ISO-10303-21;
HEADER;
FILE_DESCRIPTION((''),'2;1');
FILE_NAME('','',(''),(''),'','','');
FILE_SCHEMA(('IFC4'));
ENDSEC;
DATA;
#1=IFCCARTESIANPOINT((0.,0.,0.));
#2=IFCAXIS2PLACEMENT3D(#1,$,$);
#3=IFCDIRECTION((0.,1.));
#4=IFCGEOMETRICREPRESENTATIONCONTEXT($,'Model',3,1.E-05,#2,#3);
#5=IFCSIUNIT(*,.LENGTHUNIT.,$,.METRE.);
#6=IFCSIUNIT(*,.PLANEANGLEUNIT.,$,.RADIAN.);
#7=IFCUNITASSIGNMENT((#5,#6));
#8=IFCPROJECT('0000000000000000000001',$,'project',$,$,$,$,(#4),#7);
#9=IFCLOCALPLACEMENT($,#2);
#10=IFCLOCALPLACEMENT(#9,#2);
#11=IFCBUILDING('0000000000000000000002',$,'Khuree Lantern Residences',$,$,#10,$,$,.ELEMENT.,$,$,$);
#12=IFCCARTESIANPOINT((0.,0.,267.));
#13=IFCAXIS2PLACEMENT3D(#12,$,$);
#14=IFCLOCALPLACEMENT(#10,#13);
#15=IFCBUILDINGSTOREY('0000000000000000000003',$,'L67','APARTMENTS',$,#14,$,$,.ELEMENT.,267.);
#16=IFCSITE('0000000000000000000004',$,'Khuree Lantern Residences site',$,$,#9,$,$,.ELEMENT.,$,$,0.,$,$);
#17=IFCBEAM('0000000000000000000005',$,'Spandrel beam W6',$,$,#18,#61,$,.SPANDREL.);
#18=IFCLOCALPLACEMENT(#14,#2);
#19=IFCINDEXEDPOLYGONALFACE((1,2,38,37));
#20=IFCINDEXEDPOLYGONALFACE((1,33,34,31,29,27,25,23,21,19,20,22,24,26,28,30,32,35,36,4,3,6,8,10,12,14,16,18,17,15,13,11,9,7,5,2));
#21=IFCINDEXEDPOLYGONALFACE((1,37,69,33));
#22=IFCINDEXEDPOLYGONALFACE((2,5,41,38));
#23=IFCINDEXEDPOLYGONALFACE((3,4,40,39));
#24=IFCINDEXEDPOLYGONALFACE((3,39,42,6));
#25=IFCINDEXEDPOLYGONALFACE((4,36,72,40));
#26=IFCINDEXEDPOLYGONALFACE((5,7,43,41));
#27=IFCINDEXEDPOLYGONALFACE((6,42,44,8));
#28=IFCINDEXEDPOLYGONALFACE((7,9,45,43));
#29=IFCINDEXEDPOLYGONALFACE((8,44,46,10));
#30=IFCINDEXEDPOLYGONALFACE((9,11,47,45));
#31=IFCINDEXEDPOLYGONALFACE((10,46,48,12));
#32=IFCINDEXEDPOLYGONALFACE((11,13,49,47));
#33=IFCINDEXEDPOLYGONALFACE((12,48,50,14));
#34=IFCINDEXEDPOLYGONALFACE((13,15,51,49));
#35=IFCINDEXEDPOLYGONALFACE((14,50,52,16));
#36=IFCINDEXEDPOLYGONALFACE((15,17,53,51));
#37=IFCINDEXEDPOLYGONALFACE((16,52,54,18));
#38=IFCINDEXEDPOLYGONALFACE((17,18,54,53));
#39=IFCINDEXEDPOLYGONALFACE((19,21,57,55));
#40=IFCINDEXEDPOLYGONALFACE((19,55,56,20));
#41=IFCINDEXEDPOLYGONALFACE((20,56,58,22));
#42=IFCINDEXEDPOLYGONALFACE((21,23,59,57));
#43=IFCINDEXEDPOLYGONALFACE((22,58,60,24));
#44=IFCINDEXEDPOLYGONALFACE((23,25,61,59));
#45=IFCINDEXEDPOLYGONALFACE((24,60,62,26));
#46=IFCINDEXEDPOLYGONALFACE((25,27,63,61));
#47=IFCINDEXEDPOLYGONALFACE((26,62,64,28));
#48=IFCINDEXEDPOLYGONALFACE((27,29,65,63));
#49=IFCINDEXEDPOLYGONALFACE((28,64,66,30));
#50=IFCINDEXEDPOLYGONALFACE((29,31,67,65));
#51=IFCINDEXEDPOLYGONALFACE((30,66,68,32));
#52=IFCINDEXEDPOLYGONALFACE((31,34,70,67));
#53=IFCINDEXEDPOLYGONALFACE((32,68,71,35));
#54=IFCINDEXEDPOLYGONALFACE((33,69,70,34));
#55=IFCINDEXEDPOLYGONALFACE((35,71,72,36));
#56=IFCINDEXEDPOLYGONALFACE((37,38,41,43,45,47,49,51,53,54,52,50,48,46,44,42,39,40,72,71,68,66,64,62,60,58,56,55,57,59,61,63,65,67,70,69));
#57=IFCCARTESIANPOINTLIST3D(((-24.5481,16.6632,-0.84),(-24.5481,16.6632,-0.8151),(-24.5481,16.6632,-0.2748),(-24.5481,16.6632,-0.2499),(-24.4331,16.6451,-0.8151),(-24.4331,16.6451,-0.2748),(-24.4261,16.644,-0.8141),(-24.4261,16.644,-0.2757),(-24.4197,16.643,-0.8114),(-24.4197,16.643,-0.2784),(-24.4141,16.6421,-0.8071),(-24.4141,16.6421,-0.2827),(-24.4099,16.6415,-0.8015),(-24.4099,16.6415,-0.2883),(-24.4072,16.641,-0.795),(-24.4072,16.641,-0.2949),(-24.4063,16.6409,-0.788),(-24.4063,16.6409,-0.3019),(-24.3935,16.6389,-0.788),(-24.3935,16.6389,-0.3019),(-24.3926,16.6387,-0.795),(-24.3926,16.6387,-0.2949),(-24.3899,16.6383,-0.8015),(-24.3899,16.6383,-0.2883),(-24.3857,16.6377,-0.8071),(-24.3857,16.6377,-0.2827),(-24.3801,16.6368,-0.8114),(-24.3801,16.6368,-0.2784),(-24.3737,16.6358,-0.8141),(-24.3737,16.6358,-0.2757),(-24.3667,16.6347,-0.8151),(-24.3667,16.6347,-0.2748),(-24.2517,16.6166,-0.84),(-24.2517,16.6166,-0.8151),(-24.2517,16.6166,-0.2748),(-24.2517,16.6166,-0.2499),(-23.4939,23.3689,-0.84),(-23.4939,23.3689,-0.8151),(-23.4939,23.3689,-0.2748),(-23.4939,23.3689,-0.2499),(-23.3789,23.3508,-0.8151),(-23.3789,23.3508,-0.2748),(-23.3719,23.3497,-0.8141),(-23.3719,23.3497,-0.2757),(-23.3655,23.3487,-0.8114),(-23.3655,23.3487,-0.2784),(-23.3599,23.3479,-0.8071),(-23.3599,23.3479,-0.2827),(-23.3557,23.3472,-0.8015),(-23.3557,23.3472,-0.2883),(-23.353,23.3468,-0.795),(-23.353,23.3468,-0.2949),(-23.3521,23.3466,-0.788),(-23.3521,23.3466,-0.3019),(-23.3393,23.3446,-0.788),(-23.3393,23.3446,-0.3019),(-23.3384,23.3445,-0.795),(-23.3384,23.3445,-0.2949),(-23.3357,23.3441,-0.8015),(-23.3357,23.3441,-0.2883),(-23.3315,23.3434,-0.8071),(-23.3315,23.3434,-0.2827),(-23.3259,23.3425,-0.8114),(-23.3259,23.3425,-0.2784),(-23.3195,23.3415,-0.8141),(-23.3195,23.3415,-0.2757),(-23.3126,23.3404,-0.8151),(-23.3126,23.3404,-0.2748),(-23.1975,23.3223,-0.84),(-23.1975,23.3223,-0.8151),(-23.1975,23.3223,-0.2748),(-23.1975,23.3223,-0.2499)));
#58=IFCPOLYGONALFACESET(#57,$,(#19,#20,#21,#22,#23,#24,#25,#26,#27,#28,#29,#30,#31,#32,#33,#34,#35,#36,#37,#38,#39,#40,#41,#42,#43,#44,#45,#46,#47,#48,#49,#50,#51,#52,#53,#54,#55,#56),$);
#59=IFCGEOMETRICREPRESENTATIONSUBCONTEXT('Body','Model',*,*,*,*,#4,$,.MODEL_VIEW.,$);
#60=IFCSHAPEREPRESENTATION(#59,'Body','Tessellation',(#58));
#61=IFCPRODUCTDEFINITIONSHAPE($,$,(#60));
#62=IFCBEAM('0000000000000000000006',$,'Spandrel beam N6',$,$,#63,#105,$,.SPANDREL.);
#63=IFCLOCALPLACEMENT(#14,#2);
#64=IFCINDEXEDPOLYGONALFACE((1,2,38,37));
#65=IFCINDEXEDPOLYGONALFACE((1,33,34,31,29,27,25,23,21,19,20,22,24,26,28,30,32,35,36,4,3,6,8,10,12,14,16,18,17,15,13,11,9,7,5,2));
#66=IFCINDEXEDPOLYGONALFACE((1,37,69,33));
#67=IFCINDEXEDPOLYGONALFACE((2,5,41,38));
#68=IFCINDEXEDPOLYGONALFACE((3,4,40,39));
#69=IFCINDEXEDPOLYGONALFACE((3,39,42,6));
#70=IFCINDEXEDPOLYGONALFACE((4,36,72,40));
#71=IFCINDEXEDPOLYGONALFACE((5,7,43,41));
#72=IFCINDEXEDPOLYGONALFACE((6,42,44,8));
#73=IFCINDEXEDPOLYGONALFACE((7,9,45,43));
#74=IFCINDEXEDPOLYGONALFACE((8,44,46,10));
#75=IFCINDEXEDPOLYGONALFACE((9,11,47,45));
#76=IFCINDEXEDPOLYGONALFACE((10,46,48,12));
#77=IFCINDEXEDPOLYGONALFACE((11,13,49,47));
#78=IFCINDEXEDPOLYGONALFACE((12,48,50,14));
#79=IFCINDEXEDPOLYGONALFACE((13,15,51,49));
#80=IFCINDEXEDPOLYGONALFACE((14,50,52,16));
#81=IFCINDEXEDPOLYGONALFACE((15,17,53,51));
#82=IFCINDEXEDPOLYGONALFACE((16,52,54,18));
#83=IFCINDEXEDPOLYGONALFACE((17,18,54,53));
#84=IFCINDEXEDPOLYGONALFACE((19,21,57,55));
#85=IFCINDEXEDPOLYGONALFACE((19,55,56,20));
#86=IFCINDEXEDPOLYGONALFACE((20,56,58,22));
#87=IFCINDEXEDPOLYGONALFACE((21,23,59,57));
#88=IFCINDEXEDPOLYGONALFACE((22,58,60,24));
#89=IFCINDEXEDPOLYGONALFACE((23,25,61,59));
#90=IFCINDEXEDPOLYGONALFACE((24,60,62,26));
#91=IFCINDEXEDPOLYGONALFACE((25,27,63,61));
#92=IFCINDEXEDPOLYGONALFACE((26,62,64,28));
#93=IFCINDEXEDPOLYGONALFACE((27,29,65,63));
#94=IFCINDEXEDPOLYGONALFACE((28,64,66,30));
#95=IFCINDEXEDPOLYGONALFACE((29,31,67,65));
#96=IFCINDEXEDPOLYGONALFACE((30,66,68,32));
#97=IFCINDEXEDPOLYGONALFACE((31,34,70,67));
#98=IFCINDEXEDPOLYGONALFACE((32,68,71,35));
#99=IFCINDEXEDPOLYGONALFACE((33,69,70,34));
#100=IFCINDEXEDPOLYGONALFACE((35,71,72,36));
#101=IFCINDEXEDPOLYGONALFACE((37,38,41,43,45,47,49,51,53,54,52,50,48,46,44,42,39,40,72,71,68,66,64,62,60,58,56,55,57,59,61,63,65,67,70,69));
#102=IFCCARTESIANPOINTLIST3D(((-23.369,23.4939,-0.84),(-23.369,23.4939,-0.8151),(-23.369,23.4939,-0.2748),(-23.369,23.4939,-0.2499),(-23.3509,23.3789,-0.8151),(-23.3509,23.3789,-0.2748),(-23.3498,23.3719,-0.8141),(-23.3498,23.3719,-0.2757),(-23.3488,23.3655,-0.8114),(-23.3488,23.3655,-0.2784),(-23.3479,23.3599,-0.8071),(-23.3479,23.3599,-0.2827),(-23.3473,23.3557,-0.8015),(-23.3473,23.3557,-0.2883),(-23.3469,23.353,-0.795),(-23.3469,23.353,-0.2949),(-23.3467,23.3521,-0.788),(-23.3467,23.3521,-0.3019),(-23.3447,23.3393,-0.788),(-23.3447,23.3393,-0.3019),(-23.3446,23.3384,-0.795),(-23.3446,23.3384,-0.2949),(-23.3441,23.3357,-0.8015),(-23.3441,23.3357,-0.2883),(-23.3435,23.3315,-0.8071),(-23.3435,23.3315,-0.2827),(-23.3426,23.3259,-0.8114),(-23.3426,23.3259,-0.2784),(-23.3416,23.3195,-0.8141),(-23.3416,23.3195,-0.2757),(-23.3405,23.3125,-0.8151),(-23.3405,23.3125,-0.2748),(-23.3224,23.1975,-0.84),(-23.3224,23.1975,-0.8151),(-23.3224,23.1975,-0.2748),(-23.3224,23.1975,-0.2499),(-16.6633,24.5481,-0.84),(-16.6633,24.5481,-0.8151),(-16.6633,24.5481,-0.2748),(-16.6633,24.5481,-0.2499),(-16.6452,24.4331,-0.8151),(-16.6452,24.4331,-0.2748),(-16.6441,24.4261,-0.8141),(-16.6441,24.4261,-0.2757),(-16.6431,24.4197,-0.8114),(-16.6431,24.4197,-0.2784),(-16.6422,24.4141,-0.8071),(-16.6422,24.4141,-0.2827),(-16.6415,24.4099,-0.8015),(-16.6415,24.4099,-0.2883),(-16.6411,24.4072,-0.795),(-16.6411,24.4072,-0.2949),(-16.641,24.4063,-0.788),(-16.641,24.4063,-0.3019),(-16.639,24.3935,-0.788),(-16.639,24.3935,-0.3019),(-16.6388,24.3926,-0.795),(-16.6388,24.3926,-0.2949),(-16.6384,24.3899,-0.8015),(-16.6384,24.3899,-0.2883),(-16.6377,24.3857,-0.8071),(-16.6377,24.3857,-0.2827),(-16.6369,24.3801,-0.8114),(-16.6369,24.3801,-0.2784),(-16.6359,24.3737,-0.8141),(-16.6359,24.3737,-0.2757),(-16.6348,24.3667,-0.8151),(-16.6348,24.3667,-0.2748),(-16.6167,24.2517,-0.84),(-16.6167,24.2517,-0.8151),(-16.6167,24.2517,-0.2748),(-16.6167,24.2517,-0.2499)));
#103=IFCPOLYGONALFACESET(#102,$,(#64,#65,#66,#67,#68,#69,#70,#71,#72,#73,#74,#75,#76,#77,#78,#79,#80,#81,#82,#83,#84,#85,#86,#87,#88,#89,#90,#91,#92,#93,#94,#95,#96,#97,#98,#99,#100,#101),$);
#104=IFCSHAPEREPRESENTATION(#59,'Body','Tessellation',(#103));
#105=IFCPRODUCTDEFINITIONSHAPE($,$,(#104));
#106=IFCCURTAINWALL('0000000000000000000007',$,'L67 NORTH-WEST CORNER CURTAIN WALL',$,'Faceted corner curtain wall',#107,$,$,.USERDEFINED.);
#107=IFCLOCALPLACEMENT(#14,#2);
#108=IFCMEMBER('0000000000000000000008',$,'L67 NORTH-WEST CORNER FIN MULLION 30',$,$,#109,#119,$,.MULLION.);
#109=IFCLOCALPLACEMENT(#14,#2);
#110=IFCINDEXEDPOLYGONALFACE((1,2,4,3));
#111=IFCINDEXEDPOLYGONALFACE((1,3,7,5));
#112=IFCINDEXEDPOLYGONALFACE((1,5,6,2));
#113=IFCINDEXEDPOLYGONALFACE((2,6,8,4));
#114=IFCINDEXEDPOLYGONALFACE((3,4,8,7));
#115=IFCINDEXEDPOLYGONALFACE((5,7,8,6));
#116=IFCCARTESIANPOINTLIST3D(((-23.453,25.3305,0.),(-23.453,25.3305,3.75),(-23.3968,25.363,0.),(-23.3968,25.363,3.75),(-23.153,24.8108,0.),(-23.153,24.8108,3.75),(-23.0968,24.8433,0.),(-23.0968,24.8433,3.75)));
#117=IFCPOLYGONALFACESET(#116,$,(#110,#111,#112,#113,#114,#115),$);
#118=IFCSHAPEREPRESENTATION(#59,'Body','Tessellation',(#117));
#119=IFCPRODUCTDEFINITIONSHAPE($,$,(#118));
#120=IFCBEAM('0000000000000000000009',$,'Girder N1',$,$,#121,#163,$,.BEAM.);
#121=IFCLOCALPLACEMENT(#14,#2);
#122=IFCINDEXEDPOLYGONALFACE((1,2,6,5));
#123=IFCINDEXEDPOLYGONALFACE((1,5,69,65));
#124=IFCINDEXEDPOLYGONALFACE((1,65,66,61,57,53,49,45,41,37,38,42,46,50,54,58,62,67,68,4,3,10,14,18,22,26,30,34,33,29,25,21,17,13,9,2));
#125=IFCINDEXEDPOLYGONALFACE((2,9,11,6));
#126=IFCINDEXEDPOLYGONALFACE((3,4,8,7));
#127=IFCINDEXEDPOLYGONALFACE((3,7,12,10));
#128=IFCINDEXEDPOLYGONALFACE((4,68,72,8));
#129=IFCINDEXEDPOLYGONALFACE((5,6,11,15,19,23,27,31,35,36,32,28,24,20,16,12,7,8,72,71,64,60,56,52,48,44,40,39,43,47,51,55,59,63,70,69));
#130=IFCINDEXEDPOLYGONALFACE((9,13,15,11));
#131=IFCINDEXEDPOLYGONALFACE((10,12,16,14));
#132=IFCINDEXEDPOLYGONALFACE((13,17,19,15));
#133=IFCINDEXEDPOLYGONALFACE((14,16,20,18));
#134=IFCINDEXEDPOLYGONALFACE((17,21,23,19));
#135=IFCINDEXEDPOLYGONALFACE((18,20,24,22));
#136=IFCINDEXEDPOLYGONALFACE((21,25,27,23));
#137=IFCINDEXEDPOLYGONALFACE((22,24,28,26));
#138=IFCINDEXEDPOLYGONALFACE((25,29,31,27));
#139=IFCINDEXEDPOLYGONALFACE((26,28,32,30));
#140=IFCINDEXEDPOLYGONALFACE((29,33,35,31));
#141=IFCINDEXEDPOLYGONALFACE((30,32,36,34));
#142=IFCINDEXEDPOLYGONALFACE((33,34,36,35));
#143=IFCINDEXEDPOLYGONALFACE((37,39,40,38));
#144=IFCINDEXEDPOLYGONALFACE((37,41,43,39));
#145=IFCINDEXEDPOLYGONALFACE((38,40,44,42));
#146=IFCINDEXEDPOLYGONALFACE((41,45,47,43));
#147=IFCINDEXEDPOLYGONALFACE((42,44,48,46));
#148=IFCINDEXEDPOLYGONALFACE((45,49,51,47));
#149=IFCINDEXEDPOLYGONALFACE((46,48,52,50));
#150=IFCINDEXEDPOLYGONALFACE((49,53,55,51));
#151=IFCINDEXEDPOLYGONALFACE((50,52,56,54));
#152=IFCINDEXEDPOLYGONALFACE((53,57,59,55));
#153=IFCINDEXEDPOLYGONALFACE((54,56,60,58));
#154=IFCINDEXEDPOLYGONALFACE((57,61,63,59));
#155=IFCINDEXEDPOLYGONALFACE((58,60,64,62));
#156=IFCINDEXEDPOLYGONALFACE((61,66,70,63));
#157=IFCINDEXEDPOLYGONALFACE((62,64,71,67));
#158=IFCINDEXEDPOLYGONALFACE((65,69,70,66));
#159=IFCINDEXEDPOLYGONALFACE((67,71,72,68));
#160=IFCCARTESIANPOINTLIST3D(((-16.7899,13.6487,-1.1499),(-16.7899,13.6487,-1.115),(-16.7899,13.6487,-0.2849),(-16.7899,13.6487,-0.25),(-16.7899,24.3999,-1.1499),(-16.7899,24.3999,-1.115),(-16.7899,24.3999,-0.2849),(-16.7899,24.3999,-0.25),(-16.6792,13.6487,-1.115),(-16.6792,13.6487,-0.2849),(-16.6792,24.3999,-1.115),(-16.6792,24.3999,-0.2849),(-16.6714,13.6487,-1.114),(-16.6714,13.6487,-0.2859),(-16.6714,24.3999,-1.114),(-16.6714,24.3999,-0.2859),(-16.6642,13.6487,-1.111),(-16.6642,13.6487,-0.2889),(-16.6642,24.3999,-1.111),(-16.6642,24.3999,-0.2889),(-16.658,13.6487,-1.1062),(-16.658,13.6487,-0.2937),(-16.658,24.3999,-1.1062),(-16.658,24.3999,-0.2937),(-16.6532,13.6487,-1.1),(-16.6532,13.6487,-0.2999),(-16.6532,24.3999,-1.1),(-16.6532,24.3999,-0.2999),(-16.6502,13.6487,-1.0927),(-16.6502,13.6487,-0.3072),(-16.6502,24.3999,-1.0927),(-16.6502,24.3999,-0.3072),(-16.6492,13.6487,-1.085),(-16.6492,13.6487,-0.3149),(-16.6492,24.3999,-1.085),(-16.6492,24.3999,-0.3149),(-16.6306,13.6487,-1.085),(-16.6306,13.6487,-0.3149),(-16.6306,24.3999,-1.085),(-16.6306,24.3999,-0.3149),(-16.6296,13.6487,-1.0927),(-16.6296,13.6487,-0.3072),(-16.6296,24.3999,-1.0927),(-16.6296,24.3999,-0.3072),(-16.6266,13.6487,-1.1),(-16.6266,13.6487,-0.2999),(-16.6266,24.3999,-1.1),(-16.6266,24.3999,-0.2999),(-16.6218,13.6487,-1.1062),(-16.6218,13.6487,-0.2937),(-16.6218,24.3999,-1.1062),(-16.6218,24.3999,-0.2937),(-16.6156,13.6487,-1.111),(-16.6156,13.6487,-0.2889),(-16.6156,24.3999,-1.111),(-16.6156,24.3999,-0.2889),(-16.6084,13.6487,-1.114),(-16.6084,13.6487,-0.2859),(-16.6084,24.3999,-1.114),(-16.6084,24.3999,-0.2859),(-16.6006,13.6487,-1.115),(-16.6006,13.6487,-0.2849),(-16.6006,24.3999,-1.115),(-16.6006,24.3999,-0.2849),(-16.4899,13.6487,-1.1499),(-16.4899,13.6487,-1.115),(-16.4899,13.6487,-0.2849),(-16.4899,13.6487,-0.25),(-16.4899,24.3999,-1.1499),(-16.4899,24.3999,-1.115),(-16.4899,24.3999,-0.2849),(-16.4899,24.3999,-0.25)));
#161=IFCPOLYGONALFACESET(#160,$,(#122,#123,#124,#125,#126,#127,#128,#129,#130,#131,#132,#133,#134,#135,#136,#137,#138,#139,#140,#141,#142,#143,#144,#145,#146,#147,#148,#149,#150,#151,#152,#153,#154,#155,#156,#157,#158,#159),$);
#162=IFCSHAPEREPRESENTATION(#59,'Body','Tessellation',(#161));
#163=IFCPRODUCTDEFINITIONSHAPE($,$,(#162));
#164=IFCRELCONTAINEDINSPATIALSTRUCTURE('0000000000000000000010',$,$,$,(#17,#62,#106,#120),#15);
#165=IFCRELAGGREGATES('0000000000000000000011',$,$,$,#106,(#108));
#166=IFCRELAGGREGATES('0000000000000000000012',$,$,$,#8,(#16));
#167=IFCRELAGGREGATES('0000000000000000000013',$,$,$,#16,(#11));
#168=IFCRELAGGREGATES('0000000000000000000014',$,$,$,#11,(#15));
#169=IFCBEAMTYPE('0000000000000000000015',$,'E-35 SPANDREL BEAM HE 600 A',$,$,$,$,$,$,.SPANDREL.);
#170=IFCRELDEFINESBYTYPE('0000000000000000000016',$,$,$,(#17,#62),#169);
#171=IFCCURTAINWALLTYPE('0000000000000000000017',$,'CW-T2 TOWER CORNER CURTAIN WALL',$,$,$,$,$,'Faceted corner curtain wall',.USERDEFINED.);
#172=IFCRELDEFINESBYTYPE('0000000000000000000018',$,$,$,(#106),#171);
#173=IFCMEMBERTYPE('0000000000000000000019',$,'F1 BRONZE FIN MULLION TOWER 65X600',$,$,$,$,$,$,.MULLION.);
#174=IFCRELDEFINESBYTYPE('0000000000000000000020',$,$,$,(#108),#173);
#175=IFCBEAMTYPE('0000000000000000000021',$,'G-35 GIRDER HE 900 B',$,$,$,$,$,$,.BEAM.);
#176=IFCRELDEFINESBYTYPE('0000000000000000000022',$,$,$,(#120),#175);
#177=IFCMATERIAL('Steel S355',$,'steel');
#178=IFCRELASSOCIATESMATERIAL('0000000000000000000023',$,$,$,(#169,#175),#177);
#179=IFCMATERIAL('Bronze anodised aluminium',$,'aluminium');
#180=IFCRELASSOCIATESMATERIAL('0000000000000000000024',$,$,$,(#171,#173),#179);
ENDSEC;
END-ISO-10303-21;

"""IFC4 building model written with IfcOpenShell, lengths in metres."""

from ifc_helpers import new_model, si_unit, direction, frame, origin, origin_2d, place, context, subcontext, project, spatial, rectangle, i_section, extrude, material, material_profile, profile_set, type_object, element, aggregate, save


model = new_model("IFC4")

# Units and contexts
model_context = context("Model", 3, precision=1e-05, world=origin(), true_north=direction((0.0, 1.0)))
body_context = subcontext(model_context, "Body", "Model", "MODEL_VIEW")
ifc_project = project(units=[si_unit("LENGTHUNIT", "METRE"), si_unit("PLANEANGLEUNIT", "RADIAN")], contexts=[model_context])

# Site, building, storey
site_placement = place(None, origin())
site = spatial("IfcSite", under=ifc_project, at=site_placement, Name="Khuree Lantern Residences site", CompositionType="ELEMENT", RefElevation=0.0)
building_placement = place(site_placement, origin())
building = spatial("IfcBuilding", under=site, at=building_placement, Name="Khuree Lantern Residences", CompositionType="ELEMENT")
storey_placement = place(building_placement, frame((0.0, 0.0, 267.0)))
storey = spatial("IfcBuildingStorey", under=building, at=storey_placement, Name="L67", Description="APARTMENTS", CompositionType="ELEMENT", Elevation=267.0)

# Beams
ifc_material_1 = material(Name="Steel S355", Category="steel")
ifc_material_profile_1 = material_profile(ifc_material_1, i_section(OverallWidth=0.3, OverallDepth=0.5901, WebThickness=0.0129, FlangeThickness=0.0249, FilletRadius=0.0271, at=origin_2d()), Name="HE 600 A")
ifc_profile_set_1 = profile_set([ifc_material_profile_1], Name="Steel S355")
beam_type_1 = type_object("IfcBeamType", Name="E-35 SPANDREL BEAM HE 600 A", PredefinedType="SPANDREL", material=ifc_profile_set_1)
for number, where, z_axis, x_axis, name in (
    (1, (-24.3999, 16.6399, -0.5449), (0.1553, 0.987867, 0.0), (-0.987867, 0.1553, 0.0), "Spandrel beam W6"),
    (2, (-23.3457, 23.3457, -0.5449), (0.987867, 0.1553, 0.0), (-0.1553, 0.987867, 0.0), "Spandrel beam N6"),
):
    element("IfcBeam", number, at=place(storey_placement, frame(where, z_axis=z_axis, x_axis=x_axis)), inside=storey, type_object=beam_type_1, Name=name, PredefinedType="SPANDREL", context=body_context, shape_type="SweptSolid", body=[
        extrude(i_section(OverallWidth=0.3, OverallDepth=0.5901, WebThickness=0.0129, FlangeThickness=0.0249, FilletRadius=0.0271, at=origin_2d()), origin(), (0.0, 0.0, 1.0), 6.7881),
    ])

# Curtain wall, member
ifc_material_2 = material(Name="Bronze anodised aluminium", Category="aluminium")
curtain_wall_type_1 = type_object("IfcCurtainWallType", Name="CW-T2 TOWER CORNER CURTAIN WALL", ElementType="Faceted corner curtain wall", PredefinedType="USERDEFINED", material=ifc_material_2)
curtain_wall_1_placement = place(storey_placement, origin())
curtain_wall_1 = element("IfcCurtainWall", 3, at=curtain_wall_1_placement, inside=storey, type_object=curtain_wall_type_1, Name="L67 NORTH-WEST CORNER CURTAIN WALL", ObjectType="Faceted corner curtain wall", PredefinedType="USERDEFINED")
ifc_material_profile_2 = material_profile(ifc_material_2, rectangle(XDim=0.0649, YDim=0.6001, at=origin_2d()), Name="F1 65X600")
ifc_profile_set_2 = profile_set([ifc_material_profile_2], Name="Bronze anodised aluminium")
member_type_1 = type_object("IfcMemberType", Name="F1 BRONZE FIN MULLION TOWER 65X600", PredefinedType="MULLION", material=ifc_profile_set_2)
member_1_placement = place(storey_placement, frame((-23.2749, 25.0869, 0.0), z_axis=(0.0, 0.0, 1.0), x_axis=(-0.866025, -0.5, 0.0)))
member_1 = element("IfcMember", 4, at=member_1_placement, type_object=member_type_1, Name="L67 NORTH-WEST CORNER FIN MULLION 30", PredefinedType="MULLION", context=body_context, shape_type="SweptSolid", body=[
    extrude(rectangle(XDim=0.0649, YDim=0.6001, at=origin_2d()), origin(), (0.0, 0.0, 1.0), 3.75),
])

# Beam
ifc_material_profile_3 = material_profile(ifc_material_1, i_section(OverallWidth=0.3, OverallDepth=0.8999, WebThickness=0.0186, FlangeThickness=0.0349, FilletRadius=0.03, at=origin_2d()), Name="HE 900 B")
ifc_profile_set_3 = profile_set([ifc_material_profile_3], Name="Steel S355")
beam_type_2 = type_object("IfcBeamType", Name="G-35 GIRDER HE 900 B", PredefinedType="BEAM", material=ifc_profile_set_3)
beam_1_placement = place(storey_placement, frame((-16.6399, 24.3999, -0.7), z_axis=(0.0, -1.0, 0.0), x_axis=(1.0, 0.0, 0.0)))
element("IfcBeam", 5, at=beam_1_placement, inside=storey, type_object=beam_type_2, Name="Girder N1", PredefinedType="BEAM", context=body_context, shape_type="SweptSolid", body=[
    extrude(i_section(OverallWidth=0.3, OverallDepth=0.8999, WebThickness=0.0186, FlangeThickness=0.0349, FilletRadius=0.03, at=origin_2d()), origin(), (0.0, 0.0, 1.0), 10.7512),
])

aggregate(curtain_wall_1, [member_1])

save(model, "model.ifc")
